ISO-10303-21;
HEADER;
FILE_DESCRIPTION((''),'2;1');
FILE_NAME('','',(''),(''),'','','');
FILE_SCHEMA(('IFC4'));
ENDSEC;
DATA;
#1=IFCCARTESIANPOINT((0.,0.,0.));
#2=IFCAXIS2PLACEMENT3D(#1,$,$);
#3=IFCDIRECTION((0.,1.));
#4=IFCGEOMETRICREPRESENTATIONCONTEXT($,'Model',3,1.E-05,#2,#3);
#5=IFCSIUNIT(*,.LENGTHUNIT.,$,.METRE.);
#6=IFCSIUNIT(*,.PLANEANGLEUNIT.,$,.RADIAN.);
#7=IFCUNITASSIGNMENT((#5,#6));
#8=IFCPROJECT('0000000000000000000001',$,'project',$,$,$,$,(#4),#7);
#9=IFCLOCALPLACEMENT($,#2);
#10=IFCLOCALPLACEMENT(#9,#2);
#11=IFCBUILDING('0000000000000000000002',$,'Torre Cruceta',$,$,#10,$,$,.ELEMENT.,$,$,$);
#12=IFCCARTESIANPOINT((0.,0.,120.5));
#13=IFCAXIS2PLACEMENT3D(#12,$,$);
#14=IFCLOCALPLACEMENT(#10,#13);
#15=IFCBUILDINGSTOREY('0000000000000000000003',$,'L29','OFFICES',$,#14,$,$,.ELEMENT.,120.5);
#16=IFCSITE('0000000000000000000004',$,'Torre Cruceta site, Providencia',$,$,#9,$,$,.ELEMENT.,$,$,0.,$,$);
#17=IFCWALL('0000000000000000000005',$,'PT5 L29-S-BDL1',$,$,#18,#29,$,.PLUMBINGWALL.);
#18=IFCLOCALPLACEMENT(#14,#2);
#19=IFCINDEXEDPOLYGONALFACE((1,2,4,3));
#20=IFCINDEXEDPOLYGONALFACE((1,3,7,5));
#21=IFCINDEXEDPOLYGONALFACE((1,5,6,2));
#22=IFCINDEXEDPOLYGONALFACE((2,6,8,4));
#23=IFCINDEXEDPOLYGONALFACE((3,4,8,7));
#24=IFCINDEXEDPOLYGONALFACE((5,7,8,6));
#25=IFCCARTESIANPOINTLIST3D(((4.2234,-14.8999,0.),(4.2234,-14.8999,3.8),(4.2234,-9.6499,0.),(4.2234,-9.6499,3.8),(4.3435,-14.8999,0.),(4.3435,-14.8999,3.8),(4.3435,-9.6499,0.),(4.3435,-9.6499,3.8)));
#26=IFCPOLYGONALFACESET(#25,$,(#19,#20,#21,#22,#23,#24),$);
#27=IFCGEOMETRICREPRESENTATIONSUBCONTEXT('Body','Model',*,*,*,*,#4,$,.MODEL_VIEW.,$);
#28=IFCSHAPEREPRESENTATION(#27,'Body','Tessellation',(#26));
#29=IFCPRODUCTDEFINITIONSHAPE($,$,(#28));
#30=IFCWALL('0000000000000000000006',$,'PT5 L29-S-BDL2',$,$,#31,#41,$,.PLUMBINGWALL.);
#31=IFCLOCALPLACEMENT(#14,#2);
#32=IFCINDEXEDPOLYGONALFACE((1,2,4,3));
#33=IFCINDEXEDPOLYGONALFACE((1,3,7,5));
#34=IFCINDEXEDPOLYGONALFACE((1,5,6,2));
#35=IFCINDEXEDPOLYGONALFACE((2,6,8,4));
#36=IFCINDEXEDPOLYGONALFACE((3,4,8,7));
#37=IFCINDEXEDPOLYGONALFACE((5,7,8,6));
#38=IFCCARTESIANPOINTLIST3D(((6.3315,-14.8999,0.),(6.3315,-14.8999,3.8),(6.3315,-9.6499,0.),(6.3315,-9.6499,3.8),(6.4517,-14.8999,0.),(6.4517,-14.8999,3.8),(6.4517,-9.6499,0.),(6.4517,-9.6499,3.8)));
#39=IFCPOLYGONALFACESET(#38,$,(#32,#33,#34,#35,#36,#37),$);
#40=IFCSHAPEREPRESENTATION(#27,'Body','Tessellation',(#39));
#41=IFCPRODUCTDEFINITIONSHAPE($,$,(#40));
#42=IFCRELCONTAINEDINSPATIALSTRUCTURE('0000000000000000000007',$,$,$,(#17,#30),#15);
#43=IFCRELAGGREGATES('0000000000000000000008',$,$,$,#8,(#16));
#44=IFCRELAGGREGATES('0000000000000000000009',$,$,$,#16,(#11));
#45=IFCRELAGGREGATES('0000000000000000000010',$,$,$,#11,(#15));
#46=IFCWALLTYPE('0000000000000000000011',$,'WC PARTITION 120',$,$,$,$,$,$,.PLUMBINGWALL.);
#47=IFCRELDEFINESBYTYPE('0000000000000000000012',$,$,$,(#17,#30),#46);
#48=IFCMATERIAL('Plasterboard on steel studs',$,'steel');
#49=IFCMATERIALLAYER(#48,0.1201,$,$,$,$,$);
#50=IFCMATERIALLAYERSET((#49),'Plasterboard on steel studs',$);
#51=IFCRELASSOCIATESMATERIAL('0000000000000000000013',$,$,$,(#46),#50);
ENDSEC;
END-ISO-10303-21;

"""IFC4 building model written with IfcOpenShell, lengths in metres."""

from ifc_helpers import new_model, si_unit, direction, frame, frame_2d, origin, place, context, subcontext, project, spatial, rectangle, extrude, material, layer, layer_set, type_object, element, save


model = new_model("IFC4")

# Units and contexts
model_context = context("Model", 3, precision=1e-05, world=origin(), true_north=direction((0.0, 1.0)))
body_context = subcontext(model_context, "Body", "Model", "MODEL_VIEW")
ifc_project = project(units=[si_unit("LENGTHUNIT", "METRE"), si_unit("PLANEANGLEUNIT", "RADIAN")], contexts=[model_context])

# Site, building, storey
site_placement = place(None, origin())
site = spatial("IfcSite", under=ifc_project, at=site_placement, Name="Torre Cruceta site, Providencia", CompositionType="ELEMENT", RefElevation=0.0)
building_placement = place(site_placement, origin())
building = spatial("IfcBuilding", under=site, at=building_placement, Name="Torre Cruceta", CompositionType="ELEMENT")
storey_placement = place(building_placement, frame((0.0, 0.0, 120.5)))
storey = spatial("IfcBuildingStorey", under=building, at=storey_placement, Name="L29", Description="OFFICES", CompositionType="ELEMENT", Elevation=120.5)

# Walls
ifc_material_1 = material(Name="Plasterboard on steel studs", Category="steel")
ifc_layer_1 = layer(ifc_material_1, 0.1201)
ifc_layer_set_1 = layer_set([ifc_layer_1], Name="Plasterboard on steel studs")
wall_type_1 = type_object("IfcWallType", Name="WC PARTITION 120", PredefinedType="PLUMBINGWALL", material=ifc_layer_set_1)
for number, where, z_axis, x_axis, name in (
    (1, (4.2834, -9.6499, 0.0), (0.0, 0.0, 1.0), (0.0, -1.0, 0.0), "PT5 L29-S-BDL1"),
    (2, (6.3916, -9.6499, 0.0), (0.0, 0.0, 1.0), (0.0, -1.0, 0.0), "PT5 L29-S-BDL2"),
):
    element("IfcWall", number, at=place(storey_placement, frame(where, z_axis=z_axis, x_axis=x_axis)), inside=storey, type_object=wall_type_1, Name=name, PredefinedType="PLUMBINGWALL", context=body_context, shape_type="SweptSolid", body=[
        extrude(rectangle(XDim=5.25, YDim=0.1201, at=frame_2d((2.625, 0.0))), origin(), (0.0, 0.0, 1.0), 3.8),
    ])

save(model, "model.ifc")
